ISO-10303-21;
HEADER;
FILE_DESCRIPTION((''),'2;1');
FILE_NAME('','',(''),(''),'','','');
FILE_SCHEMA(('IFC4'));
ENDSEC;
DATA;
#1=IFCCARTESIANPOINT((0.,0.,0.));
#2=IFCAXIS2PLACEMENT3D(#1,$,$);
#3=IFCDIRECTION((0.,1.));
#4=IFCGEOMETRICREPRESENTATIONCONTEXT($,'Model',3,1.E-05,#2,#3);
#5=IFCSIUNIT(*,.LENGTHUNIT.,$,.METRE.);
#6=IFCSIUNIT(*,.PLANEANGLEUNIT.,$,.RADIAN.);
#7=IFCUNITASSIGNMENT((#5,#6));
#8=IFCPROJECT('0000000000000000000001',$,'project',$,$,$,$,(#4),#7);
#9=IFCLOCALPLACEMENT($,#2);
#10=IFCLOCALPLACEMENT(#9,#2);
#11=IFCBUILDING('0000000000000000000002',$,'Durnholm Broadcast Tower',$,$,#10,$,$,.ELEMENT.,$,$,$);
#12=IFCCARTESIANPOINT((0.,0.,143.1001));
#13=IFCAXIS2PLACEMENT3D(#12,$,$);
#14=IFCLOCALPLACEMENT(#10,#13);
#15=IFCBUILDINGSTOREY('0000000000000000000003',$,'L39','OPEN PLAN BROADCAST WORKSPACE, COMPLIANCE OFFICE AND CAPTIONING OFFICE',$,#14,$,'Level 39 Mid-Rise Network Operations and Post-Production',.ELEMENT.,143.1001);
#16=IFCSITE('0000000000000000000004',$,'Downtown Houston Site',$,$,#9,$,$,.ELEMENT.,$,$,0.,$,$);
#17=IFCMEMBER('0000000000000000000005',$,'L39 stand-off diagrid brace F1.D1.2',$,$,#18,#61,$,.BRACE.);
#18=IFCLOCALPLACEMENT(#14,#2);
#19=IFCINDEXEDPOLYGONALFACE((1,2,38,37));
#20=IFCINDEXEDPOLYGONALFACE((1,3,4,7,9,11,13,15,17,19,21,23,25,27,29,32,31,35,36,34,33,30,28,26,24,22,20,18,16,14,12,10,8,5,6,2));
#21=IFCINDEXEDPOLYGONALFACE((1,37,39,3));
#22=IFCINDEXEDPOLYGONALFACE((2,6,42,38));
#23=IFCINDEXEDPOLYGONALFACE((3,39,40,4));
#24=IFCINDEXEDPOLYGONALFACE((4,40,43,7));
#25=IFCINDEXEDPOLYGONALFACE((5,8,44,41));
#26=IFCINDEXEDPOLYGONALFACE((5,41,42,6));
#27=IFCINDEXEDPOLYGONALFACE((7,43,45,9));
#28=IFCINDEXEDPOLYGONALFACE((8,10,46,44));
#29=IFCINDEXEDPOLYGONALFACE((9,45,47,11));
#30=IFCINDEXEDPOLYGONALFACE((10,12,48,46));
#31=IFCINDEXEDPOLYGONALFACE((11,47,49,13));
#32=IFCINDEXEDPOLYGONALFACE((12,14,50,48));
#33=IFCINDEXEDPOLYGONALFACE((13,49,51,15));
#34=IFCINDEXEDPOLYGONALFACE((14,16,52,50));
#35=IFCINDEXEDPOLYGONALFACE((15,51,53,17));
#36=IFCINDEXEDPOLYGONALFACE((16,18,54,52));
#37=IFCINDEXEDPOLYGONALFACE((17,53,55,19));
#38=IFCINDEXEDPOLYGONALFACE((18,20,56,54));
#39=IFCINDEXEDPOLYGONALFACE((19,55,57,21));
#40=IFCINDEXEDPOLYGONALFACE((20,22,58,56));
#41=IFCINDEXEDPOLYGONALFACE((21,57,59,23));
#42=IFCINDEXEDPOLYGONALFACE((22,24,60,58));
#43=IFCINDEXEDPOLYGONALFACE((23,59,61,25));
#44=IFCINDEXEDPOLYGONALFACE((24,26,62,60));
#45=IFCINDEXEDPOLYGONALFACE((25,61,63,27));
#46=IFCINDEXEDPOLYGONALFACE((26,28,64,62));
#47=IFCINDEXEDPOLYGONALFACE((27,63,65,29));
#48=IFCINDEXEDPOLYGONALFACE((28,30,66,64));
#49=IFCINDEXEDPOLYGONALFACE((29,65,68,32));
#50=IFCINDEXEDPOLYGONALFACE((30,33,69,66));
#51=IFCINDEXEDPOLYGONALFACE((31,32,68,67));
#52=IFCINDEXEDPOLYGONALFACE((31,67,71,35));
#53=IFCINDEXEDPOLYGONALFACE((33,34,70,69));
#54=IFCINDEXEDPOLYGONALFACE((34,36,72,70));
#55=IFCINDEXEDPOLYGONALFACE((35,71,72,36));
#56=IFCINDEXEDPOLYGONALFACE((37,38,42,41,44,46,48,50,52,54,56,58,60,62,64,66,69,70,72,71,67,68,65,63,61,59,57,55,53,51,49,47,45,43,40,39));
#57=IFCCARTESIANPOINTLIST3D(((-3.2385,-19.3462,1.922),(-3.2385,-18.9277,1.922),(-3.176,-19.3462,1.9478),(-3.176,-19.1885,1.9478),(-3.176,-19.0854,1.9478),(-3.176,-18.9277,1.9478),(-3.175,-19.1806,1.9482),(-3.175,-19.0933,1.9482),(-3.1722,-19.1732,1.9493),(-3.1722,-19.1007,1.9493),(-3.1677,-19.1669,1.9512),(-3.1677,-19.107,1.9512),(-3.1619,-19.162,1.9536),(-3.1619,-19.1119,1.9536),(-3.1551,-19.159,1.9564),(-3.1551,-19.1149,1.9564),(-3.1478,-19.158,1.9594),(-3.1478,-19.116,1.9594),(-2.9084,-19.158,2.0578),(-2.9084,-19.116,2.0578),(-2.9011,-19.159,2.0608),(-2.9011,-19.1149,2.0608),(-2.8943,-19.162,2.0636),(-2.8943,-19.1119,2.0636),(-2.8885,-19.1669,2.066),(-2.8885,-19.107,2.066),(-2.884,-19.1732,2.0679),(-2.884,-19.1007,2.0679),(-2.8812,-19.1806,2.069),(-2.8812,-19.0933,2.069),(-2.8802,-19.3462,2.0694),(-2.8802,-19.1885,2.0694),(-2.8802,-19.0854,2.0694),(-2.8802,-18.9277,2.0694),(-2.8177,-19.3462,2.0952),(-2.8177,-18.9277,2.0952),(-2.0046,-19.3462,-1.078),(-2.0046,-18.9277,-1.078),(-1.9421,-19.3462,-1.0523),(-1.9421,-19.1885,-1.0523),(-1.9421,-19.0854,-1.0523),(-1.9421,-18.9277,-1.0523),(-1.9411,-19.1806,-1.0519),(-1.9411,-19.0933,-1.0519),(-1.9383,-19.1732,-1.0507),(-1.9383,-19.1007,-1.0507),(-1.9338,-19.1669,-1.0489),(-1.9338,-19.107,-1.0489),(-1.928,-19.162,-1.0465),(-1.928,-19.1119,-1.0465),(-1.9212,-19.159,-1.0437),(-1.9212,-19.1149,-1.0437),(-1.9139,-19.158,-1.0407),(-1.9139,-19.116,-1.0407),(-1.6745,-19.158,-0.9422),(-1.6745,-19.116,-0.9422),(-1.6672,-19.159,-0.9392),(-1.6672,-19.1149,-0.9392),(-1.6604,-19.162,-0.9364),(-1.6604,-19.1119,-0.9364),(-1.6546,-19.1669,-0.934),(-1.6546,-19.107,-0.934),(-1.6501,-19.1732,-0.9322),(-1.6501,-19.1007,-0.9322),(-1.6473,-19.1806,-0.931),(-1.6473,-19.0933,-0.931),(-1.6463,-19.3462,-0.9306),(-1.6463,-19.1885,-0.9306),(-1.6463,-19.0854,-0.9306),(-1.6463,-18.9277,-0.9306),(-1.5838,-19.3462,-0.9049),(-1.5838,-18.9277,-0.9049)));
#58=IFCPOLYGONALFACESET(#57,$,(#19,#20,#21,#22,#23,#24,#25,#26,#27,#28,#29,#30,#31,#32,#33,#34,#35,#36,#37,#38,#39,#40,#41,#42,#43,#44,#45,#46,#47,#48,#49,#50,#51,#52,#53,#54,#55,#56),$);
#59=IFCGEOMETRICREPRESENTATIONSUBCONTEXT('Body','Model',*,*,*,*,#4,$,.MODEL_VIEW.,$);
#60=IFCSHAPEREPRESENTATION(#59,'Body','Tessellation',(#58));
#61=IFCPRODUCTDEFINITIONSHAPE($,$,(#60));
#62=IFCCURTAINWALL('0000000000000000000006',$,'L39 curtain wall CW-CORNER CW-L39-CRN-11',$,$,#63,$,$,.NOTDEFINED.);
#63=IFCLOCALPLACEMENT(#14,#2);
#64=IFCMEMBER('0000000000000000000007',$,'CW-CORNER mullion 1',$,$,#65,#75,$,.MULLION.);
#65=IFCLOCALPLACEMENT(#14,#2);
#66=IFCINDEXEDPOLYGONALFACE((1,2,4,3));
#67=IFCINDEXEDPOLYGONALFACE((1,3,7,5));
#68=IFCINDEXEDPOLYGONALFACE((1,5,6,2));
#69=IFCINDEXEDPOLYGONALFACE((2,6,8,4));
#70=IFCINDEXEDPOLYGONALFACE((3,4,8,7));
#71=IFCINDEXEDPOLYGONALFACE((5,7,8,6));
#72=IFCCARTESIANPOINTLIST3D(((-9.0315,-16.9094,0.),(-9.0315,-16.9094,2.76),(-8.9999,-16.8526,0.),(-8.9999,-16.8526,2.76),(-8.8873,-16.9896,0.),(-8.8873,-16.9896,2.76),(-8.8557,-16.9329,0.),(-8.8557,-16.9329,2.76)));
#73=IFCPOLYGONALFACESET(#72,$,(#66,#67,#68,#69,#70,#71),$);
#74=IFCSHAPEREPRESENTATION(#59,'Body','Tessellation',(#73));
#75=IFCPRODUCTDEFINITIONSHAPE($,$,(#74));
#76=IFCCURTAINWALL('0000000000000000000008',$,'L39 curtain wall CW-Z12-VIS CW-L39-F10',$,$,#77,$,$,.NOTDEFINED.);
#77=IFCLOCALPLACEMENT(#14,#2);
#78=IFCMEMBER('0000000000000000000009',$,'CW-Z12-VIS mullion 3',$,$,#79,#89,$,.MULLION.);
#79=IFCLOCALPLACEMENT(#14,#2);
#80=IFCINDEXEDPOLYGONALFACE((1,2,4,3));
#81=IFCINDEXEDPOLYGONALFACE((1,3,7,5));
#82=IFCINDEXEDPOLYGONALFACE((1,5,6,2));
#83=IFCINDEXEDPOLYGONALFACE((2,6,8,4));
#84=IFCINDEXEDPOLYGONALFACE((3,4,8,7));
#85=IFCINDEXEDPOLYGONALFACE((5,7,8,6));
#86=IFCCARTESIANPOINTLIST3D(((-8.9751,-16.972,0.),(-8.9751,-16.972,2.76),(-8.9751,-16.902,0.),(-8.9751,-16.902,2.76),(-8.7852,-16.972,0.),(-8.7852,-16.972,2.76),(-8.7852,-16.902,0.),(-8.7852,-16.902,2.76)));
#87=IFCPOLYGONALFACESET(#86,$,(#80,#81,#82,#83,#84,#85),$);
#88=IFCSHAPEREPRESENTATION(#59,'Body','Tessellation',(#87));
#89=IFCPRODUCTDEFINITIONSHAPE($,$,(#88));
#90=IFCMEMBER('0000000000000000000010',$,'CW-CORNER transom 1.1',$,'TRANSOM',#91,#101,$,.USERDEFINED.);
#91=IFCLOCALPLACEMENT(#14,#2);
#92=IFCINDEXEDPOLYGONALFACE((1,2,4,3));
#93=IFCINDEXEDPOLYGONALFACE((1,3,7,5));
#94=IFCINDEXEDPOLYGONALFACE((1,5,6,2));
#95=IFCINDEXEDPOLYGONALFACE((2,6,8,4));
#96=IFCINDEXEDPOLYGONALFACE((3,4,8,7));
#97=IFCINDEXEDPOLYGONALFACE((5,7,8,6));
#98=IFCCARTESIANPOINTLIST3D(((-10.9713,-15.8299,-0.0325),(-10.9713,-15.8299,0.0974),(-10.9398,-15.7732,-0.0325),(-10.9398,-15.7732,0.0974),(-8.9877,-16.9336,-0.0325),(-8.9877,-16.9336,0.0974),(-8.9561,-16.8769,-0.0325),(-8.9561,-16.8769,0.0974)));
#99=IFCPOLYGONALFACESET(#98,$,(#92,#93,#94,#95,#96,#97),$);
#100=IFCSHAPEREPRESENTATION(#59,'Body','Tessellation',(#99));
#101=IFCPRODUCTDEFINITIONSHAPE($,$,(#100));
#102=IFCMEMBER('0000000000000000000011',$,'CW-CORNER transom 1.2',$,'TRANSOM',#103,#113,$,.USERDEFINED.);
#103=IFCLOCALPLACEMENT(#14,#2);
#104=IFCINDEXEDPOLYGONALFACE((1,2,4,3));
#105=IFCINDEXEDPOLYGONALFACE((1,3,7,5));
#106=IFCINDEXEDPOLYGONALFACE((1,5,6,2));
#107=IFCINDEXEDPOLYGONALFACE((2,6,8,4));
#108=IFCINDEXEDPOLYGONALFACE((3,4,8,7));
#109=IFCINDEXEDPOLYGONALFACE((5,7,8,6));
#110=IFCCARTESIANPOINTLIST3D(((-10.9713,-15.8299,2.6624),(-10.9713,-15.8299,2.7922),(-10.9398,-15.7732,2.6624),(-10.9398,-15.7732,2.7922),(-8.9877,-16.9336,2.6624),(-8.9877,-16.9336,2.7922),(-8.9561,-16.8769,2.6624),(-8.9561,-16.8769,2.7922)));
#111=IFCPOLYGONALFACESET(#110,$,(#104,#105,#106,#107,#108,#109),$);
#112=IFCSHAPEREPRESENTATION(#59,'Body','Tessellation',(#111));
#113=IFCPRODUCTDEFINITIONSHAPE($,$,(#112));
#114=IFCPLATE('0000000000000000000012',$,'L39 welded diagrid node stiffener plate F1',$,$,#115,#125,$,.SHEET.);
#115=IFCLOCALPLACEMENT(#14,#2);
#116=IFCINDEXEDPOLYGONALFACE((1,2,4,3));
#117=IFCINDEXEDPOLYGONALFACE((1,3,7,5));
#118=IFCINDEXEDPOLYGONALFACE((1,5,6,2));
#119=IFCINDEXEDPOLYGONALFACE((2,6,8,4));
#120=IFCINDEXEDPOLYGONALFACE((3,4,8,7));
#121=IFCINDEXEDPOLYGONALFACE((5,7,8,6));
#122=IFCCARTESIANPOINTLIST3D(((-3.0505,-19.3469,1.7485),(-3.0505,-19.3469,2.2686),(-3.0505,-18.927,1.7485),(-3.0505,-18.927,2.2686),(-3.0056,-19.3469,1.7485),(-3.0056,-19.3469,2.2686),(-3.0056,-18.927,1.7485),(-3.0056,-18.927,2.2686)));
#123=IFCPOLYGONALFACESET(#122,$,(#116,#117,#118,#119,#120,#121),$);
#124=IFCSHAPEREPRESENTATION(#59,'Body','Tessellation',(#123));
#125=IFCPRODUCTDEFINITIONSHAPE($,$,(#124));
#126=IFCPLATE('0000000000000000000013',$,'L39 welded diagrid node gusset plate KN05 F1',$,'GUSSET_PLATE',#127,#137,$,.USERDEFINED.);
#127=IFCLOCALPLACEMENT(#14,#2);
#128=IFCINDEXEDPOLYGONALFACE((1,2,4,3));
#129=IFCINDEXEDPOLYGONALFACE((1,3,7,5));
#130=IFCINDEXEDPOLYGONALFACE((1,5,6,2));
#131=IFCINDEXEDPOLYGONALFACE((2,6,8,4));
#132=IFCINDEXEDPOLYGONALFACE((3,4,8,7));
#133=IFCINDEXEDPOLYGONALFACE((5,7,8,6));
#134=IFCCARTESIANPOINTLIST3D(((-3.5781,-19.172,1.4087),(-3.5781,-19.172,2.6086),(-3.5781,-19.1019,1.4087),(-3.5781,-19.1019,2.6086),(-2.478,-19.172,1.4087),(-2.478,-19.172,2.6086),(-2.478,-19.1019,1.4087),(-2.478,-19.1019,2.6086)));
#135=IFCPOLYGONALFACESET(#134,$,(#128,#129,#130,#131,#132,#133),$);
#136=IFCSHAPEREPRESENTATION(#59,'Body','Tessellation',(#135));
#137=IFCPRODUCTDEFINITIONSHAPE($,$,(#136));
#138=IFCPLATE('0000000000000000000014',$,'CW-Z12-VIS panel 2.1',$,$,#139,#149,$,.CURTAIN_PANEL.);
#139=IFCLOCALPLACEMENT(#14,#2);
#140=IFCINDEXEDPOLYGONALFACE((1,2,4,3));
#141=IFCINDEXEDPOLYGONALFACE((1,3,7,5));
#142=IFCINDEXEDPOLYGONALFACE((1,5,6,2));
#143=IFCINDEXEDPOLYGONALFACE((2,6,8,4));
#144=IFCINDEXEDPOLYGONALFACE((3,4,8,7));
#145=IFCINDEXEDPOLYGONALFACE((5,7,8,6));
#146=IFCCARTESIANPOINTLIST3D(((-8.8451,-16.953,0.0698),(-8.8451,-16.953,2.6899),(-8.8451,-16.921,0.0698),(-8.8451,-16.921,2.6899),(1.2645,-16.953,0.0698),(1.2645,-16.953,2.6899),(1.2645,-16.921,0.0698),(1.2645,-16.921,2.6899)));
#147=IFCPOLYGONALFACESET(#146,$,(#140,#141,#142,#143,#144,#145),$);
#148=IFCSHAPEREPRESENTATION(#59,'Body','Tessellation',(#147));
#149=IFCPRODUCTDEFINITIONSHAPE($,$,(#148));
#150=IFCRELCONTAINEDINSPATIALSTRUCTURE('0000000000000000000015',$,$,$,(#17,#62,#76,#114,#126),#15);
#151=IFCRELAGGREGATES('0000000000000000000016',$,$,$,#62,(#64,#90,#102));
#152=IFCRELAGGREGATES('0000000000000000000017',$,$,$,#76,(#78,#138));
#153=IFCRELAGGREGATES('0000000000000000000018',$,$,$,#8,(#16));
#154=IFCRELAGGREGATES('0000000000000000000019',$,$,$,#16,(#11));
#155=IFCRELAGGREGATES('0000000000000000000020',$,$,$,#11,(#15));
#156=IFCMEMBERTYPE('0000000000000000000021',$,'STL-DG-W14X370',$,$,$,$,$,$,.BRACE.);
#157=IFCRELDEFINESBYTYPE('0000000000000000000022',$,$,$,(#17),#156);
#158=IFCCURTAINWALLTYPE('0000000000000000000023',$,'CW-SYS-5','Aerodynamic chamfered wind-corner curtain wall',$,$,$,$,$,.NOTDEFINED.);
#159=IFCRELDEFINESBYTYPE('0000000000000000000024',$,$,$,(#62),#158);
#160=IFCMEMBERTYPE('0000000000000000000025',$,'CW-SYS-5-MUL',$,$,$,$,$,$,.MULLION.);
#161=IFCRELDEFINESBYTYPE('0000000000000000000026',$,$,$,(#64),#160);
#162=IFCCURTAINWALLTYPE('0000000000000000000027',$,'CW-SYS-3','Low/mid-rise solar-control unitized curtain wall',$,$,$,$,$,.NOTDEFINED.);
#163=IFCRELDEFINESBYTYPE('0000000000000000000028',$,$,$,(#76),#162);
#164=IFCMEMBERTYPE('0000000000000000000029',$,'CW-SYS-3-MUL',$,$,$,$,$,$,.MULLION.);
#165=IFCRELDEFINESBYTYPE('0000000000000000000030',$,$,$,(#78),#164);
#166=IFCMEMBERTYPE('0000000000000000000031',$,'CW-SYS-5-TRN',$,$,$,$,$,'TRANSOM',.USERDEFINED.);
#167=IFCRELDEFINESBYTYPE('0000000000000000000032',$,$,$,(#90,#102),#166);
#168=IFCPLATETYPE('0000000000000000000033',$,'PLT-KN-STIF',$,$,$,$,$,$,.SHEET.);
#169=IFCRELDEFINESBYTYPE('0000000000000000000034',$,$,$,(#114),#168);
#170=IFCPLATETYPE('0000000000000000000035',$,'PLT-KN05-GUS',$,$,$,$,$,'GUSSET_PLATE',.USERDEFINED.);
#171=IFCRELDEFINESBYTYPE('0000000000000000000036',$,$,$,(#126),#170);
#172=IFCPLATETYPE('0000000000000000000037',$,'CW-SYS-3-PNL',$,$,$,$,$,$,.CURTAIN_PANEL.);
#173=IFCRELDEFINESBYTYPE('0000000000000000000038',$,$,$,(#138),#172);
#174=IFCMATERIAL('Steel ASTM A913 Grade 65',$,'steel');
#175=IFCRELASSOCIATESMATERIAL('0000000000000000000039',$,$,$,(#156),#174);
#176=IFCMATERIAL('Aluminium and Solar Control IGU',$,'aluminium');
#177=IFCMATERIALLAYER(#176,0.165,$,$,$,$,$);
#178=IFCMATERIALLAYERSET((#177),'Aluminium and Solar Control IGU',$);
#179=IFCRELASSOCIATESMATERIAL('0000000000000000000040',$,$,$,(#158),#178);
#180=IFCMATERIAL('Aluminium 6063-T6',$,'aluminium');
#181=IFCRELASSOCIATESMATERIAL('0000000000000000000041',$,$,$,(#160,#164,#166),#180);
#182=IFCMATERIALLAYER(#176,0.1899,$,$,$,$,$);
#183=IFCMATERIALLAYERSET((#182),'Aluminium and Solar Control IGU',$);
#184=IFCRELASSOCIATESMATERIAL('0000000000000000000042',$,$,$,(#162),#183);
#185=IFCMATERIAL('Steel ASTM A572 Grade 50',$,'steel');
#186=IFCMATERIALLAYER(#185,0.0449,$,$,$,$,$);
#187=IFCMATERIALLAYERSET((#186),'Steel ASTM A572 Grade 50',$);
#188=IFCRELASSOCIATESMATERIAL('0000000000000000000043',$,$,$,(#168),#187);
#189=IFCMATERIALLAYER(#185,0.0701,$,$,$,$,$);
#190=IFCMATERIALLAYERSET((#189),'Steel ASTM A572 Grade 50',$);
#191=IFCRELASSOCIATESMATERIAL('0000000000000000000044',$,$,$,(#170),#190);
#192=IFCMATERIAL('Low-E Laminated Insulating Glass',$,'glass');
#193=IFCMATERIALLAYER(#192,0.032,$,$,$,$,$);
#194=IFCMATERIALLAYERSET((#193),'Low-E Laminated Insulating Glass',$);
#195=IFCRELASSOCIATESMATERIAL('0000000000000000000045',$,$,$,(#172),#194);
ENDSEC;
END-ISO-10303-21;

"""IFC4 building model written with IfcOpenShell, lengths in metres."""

from ifc_helpers import new_model, si_unit, direction, frame, origin, origin_2d, place, context, subcontext, project, spatial, rectangle, i_section, extrude, source, transform, mapped, material, layer, layer_set, material_profile, profile_set, type_object, type_shapes, element, aggregate, save


model = new_model("IFC4")

# Units and contexts
model_context = context("Model", 3, precision=1e-05, world=origin(), true_north=direction((0.0, 1.0)))
body_context = subcontext(model_context, "Body", "Model", "MODEL_VIEW")
ifc_project = project(units=[si_unit("LENGTHUNIT", "METRE"), si_unit("PLANEANGLEUNIT", "RADIAN")], contexts=[model_context])

# Site, building, storey
site_placement = place(None, origin())
site = spatial("IfcSite", under=ifc_project, at=site_placement, Name="Downtown Houston Site", CompositionType="ELEMENT", RefElevation=0.0)
building_placement = place(site_placement, origin())
building = spatial("IfcBuilding", under=site, at=building_placement, Name="Durnholm Broadcast Tower", CompositionType="ELEMENT")
storey_placement = place(building_placement, frame((0.0, 0.0, 143.1001)))
storey = spatial("IfcBuildingStorey", under=building, at=storey_placement, Name="L39", Description="OPEN PLAN BROADCAST WORKSPACE, COMPLIANCE OFFICE AND CAPTIONING OFFICE", LongName="Level 39 Mid-Rise Network Operations and Post-Production", CompositionType="ELEMENT", Elevation=143.1001)

# Member
ifc_material_1 = material(Name="Steel ASTM A913 Grade 65", Category="steel")
ifc_material_profile_1 = material_profile(ifc_material_1, i_section(OverallWidth=0.4185, OverallDepth=0.4551, WebThickness=0.042, FlangeThickness=0.0676, FilletRadius=0.0305, at=origin_2d()), Name="W14X370")
ifc_profile_set_1 = profile_set([ifc_material_profile_1], Name="Steel ASTM A913 Grade 65")
member_type_1 = type_object("IfcMemberType", Name="STL-DG-W14X370", PredefinedType="BRACE", material=ifc_profile_set_1)
shared_shape_1 = source(origin(), body_context, "Body", "SweptSolid", [
    extrude(i_section(OverallWidth=0.4185, OverallDepth=0.4551, WebThickness=0.042, FlangeThickness=0.0676, FilletRadius=0.0305, at=origin_2d()), origin(), (0.0, 0.0, 1.0), 3.2439),
])
type_shapes(member_type_1, [shared_shape_1])
for number, where, z_axis, x_axis, name in (
    (1, (-1.7942, -19.137, -0.9915), (-0.380379, 0.0, 0.924831), (0.0, -1.0, 0.0), "L39 stand-off diagrid brace F1.D1.2"),
):
    element("IfcMember", number, at=place(storey_placement, frame(where, z_axis=z_axis, x_axis=x_axis)), inside=storey, type_object=member_type_1, Name=name, PredefinedType="BRACE", context=body_context, shape_type="MappedRepresentation", body=[
        mapped(shared_shape_1, transform((0.0, 0.0, 0.0), x_axis=(1.0, 0.0, 0.0), y_axis=(0.0, 1.0, 0.0), z_axis=(0.0, 0.0, 1.0), scale=1.0)),
    ])

# Curtain walls, members
ifc_material_2 = material(Name="Aluminium and Solar Control IGU", Category="aluminium")
ifc_layer_1 = layer(ifc_material_2, 0.165)
ifc_layer_set_1 = layer_set([ifc_layer_1], Name="Aluminium and Solar Control IGU")
curtain_wall_type_1 = type_object("IfcCurtainWallType", Name="CW-SYS-5", Description="Aerodynamic chamfered wind-corner curtain wall", PredefinedType="NOTDEFINED", material=ifc_layer_set_1)
curtain_wall_1_placement = place(storey_placement, origin())
curtain_wall_1 = element("IfcCurtainWall", 2, at=curtain_wall_1_placement, inside=storey, type_object=curtain_wall_type_1, Name="L39 curtain wall CW-CORNER CW-L39-CRN-11", PredefinedType="NOTDEFINED")
ifc_material_3 = material(Name="Aluminium 6063-T6", Category="aluminium")
ifc_material_profile_2 = material_profile(ifc_material_3, rectangle(XDim=0.0649, YDim=0.165, at=origin_2d()), Name="CWM65X165")
ifc_profile_set_2 = profile_set([ifc_material_profile_2], Name="Aluminium 6063-T6")
member_type_2 = type_object("IfcMemberType", Name="CW-SYS-5-MUL", PredefinedType="MULLION", material=ifc_profile_set_2)
shared_shape_2 = source(origin(), body_context, "Body", "SweptSolid", [
    extrude(rectangle(XDim=0.0649, YDim=0.165, at=origin_2d()), origin(), (0.0, 0.0, 1.0), 2.76),
])
type_shapes(member_type_2, [shared_shape_2])
member_1_placement = place(storey_placement, frame((-8.9436, -16.9211, 0.0), z_axis=(0.0, 0.0, 1.0), x_axis=(-0.486244, -0.873823, 0.0)))
member_1 = element("IfcMember", 3, at=member_1_placement, type_object=member_type_2, Name="CW-CORNER mullion 1", PredefinedType="MULLION", context=body_context, shape_type="MappedRepresentation", body=[
    mapped(shared_shape_2, transform((0.0, 0.0, 0.0), x_axis=(1.0, 0.0, 0.0), y_axis=(0.0, 1.0, 0.0), z_axis=(0.0, 0.0, 1.0), scale=1.0)),
])
ifc_layer_2 = layer(ifc_material_2, 0.1899)
ifc_layer_set_2 = layer_set([ifc_layer_2], Name="Aluminium and Solar Control IGU")
curtain_wall_type_2 = type_object("IfcCurtainWallType", Name="CW-SYS-3", Description="Low/mid-rise solar-control unitized curtain wall", PredefinedType="NOTDEFINED", material=ifc_layer_set_2)
curtain_wall_2_placement = place(storey_placement, origin())
curtain_wall_2 = element("IfcCurtainWall", 4, at=curtain_wall_2_placement, inside=storey, type_object=curtain_wall_type_2, Name="L39 curtain wall CW-Z12-VIS CW-L39-F10", PredefinedType="NOTDEFINED")
ifc_material_profile_3 = material_profile(ifc_material_3, rectangle(XDim=0.0701, YDim=0.1899, at=origin_2d()), Name="CWM70X190")
ifc_profile_set_3 = profile_set([ifc_material_profile_3], Name="Aluminium 6063-T6")
member_type_3 = type_object("IfcMemberType", Name="CW-SYS-3-MUL", PredefinedType="MULLION", material=ifc_profile_set_3)
shared_shape_3 = source(origin(), body_context, "Body", "SweptSolid", [
    extrude(rectangle(XDim=0.0701, YDim=0.1899, at=origin_2d()), origin(), (0.0, 0.0, 1.0), 2.76),
])
type_shapes(member_type_3, [shared_shape_3])
member_2_placement = place(storey_placement, frame((-8.8801, -16.937, 0.0), z_axis=(0.0, 0.0, 1.0), x_axis=(0.0, -1.0, 0.0)))
member_2 = element("IfcMember", 5, at=member_2_placement, type_object=member_type_3, Name="CW-Z12-VIS mullion 3", PredefinedType="MULLION", context=body_context, shape_type="MappedRepresentation", body=[
    mapped(shared_shape_3, transform((0.0, 0.0, 0.0), x_axis=(1.0, 0.0, 0.0), y_axis=(0.0, 1.0, 0.0), z_axis=(0.0, 0.0, 1.0), scale=1.0)),
])

# Members
ifc_material_profile_4 = material_profile(ifc_material_3, rectangle(XDim=0.0649, YDim=0.1299, at=origin_2d()), Name="CWT65X130")
ifc_profile_set_4 = profile_set([ifc_material_profile_4], Name="Aluminium 6063-T6")
member_type_4 = type_object("IfcMemberType", Name="CW-SYS-5-TRN", ElementType="TRANSOM", PredefinedType="USERDEFINED", material=ifc_profile_set_4)
shared_shape_4 = source(origin(), body_context, "Body", "SweptSolid", [
    extrude(rectangle(XDim=0.0649, YDim=0.1299, at=origin_2d()), origin(), (0.0, 0.0, 1.0), 2.27),
])
type_shapes(member_type_4, [shared_shape_4])
member_3_placement = place(storey_placement, frame((-8.9719, -16.9053, 0.0325), z_axis=(-0.873832, 0.486227, 0.0), x_axis=(-0.486227, -0.873832, 0.0)))
member_3 = element("IfcMember", 6, at=member_3_placement, type_object=member_type_4, Name="CW-CORNER transom 1.1", ObjectType="TRANSOM", PredefinedType="USERDEFINED", context=body_context, shape_type="MappedRepresentation", body=[
    mapped(shared_shape_4, transform((0.0, 0.0, 0.0), x_axis=(1.0, 0.0, 0.0), y_axis=(0.0, 1.0, 0.0), z_axis=(0.0, 0.0, 1.0), scale=1.0)),
])
member_4_placement = place(storey_placement, frame((-8.9719, -16.9053, 2.7273), z_axis=(-0.873832, 0.486227, 0.0), x_axis=(-0.486227, -0.873832, 0.0)))
member_4 = element("IfcMember", 7, at=member_4_placement, type_object=member_type_4, Name="CW-CORNER transom 1.2", ObjectType="TRANSOM", PredefinedType="USERDEFINED", context=body_context, shape_type="MappedRepresentation", body=[
    mapped(shared_shape_4, transform((0.0, 0.0, 0.0), x_axis=(1.0, 0.0, 0.0), y_axis=(0.0, 1.0, 0.0), z_axis=(0.0, 0.0, 1.0), scale=1.0)),
])
aggregate(curtain_wall_1, [member_1, member_3, member_4])

# Plates
ifc_material_4 = material(Name="Steel ASTM A572 Grade 50", Category="steel")
ifc_layer_3 = layer(ifc_material_4, 0.0449)
ifc_layer_set_3 = layer_set([ifc_layer_3], Name="Steel ASTM A572 Grade 50")
plate_type_1 = type_object("IfcPlateType", Name="PLT-KN-STIF", PredefinedType="SHEET", material=ifc_layer_set_3)
shared_shape_5 = source(origin(), body_context, "Body", "SweptSolid", [
    extrude(rectangle(XDim=0.0449, YDim=0.4199, at=origin_2d()), origin(), (0.0, 0.0, 1.0), 0.52),
])
type_shapes(plate_type_1, [shared_shape_5])
plate_1_placement = place(storey_placement, frame((-3.0281, -19.137, 1.7485), z_axis=(0.0, 0.0, 1.0), x_axis=(1.0, 0.0, 0.0)))
element("IfcPlate", 8, at=plate_1_placement, inside=storey, type_object=plate_type_1, Name="L39 welded diagrid node stiffener plate F1", PredefinedType="SHEET", context=body_context, shape_type="MappedRepresentation", body=[
    mapped(shared_shape_5, transform((0.0, 0.0, 0.0), x_axis=(1.0, 0.0, 0.0), y_axis=(0.0, 1.0, 0.0), z_axis=(0.0, 0.0, 1.0), scale=1.0)),
])
ifc_layer_4 = layer(ifc_material_4, 0.0701)
ifc_layer_set_4 = layer_set([ifc_layer_4], Name="Steel ASTM A572 Grade 50")
plate_type_2 = type_object("IfcPlateType", Name="PLT-KN05-GUS", ElementType="GUSSET_PLATE", PredefinedType="USERDEFINED", material=ifc_layer_set_4)
shared_shape_6 = source(origin(), body_context, "Body", "SweptSolid", [
    extrude(rectangle(XDim=1.1001, YDim=0.0701, at=origin_2d()), origin(), (0.0, 0.0, 1.0), 1.2),
])
type_shapes(plate_type_2, [shared_shape_6])
plate_2_placement = place(storey_placement, frame((-3.0281, -19.137, 1.4087), z_axis=(0.0, 0.0, 1.0), x_axis=(1.0, 0.0, 0.0)))
element("IfcPlate", 9, at=plate_2_placement, inside=storey, type_object=plate_type_2, Name="L39 welded diagrid node gusset plate KN05 F1", ObjectType="GUSSET_PLATE", PredefinedType="USERDEFINED", context=body_context, shape_type="MappedRepresentation", body=[
    mapped(shared_shape_6, transform((0.0, 0.0, 0.0), x_axis=(1.0, 0.0, 0.0), y_axis=(0.0, 1.0, 0.0), z_axis=(0.0, 0.0, 1.0), scale=1.0)),
])

# Plate
ifc_material_5 = material(Name="Low-E Laminated Insulating Glass", Category="glass")
ifc_layer_5 = layer(ifc_material_5, 0.032)
ifc_layer_set_5 = layer_set([ifc_layer_5], Name="Low-E Laminated Insulating Glass")
plate_type_3 = type_object("IfcPlateType", Name="CW-SYS-3-PNL", PredefinedType="CURTAIN_PANEL", material=ifc_layer_set_5)
shared_shape_7 = source(origin(), body_context, "Body", "SweptSolid", [
    extrude(rectangle(XDim=10.1096, YDim=0.032, at=origin_2d()), origin(), (0.0, 0.0, 1.0), 2.6201),
])
type_shapes(plate_type_3, [shared_shape_7])
plate_3_placement = place(storey_placement, frame((-3.7903, -16.937, 0.0698), z_axis=(0.0, 0.0, 1.0), x_axis=(-1.0, 0.0, 0.0)))
plate_3 = element("IfcPlate", 10, at=plate_3_placement, type_object=plate_type_3, Name="CW-Z12-VIS panel 2.1", PredefinedType="CURTAIN_PANEL", context=body_context, shape_type="MappedRepresentation", body=[
    mapped(shared_shape_7, transform((0.0, 0.0, 0.0), x_axis=(1.0, 0.0, 0.0), y_axis=(0.0, 1.0, 0.0), z_axis=(0.0, 0.0, 1.0), scale=1.0)),
])
aggregate(curtain_wall_2, [member_2, plate_3])

save(model, "model.ifc")
